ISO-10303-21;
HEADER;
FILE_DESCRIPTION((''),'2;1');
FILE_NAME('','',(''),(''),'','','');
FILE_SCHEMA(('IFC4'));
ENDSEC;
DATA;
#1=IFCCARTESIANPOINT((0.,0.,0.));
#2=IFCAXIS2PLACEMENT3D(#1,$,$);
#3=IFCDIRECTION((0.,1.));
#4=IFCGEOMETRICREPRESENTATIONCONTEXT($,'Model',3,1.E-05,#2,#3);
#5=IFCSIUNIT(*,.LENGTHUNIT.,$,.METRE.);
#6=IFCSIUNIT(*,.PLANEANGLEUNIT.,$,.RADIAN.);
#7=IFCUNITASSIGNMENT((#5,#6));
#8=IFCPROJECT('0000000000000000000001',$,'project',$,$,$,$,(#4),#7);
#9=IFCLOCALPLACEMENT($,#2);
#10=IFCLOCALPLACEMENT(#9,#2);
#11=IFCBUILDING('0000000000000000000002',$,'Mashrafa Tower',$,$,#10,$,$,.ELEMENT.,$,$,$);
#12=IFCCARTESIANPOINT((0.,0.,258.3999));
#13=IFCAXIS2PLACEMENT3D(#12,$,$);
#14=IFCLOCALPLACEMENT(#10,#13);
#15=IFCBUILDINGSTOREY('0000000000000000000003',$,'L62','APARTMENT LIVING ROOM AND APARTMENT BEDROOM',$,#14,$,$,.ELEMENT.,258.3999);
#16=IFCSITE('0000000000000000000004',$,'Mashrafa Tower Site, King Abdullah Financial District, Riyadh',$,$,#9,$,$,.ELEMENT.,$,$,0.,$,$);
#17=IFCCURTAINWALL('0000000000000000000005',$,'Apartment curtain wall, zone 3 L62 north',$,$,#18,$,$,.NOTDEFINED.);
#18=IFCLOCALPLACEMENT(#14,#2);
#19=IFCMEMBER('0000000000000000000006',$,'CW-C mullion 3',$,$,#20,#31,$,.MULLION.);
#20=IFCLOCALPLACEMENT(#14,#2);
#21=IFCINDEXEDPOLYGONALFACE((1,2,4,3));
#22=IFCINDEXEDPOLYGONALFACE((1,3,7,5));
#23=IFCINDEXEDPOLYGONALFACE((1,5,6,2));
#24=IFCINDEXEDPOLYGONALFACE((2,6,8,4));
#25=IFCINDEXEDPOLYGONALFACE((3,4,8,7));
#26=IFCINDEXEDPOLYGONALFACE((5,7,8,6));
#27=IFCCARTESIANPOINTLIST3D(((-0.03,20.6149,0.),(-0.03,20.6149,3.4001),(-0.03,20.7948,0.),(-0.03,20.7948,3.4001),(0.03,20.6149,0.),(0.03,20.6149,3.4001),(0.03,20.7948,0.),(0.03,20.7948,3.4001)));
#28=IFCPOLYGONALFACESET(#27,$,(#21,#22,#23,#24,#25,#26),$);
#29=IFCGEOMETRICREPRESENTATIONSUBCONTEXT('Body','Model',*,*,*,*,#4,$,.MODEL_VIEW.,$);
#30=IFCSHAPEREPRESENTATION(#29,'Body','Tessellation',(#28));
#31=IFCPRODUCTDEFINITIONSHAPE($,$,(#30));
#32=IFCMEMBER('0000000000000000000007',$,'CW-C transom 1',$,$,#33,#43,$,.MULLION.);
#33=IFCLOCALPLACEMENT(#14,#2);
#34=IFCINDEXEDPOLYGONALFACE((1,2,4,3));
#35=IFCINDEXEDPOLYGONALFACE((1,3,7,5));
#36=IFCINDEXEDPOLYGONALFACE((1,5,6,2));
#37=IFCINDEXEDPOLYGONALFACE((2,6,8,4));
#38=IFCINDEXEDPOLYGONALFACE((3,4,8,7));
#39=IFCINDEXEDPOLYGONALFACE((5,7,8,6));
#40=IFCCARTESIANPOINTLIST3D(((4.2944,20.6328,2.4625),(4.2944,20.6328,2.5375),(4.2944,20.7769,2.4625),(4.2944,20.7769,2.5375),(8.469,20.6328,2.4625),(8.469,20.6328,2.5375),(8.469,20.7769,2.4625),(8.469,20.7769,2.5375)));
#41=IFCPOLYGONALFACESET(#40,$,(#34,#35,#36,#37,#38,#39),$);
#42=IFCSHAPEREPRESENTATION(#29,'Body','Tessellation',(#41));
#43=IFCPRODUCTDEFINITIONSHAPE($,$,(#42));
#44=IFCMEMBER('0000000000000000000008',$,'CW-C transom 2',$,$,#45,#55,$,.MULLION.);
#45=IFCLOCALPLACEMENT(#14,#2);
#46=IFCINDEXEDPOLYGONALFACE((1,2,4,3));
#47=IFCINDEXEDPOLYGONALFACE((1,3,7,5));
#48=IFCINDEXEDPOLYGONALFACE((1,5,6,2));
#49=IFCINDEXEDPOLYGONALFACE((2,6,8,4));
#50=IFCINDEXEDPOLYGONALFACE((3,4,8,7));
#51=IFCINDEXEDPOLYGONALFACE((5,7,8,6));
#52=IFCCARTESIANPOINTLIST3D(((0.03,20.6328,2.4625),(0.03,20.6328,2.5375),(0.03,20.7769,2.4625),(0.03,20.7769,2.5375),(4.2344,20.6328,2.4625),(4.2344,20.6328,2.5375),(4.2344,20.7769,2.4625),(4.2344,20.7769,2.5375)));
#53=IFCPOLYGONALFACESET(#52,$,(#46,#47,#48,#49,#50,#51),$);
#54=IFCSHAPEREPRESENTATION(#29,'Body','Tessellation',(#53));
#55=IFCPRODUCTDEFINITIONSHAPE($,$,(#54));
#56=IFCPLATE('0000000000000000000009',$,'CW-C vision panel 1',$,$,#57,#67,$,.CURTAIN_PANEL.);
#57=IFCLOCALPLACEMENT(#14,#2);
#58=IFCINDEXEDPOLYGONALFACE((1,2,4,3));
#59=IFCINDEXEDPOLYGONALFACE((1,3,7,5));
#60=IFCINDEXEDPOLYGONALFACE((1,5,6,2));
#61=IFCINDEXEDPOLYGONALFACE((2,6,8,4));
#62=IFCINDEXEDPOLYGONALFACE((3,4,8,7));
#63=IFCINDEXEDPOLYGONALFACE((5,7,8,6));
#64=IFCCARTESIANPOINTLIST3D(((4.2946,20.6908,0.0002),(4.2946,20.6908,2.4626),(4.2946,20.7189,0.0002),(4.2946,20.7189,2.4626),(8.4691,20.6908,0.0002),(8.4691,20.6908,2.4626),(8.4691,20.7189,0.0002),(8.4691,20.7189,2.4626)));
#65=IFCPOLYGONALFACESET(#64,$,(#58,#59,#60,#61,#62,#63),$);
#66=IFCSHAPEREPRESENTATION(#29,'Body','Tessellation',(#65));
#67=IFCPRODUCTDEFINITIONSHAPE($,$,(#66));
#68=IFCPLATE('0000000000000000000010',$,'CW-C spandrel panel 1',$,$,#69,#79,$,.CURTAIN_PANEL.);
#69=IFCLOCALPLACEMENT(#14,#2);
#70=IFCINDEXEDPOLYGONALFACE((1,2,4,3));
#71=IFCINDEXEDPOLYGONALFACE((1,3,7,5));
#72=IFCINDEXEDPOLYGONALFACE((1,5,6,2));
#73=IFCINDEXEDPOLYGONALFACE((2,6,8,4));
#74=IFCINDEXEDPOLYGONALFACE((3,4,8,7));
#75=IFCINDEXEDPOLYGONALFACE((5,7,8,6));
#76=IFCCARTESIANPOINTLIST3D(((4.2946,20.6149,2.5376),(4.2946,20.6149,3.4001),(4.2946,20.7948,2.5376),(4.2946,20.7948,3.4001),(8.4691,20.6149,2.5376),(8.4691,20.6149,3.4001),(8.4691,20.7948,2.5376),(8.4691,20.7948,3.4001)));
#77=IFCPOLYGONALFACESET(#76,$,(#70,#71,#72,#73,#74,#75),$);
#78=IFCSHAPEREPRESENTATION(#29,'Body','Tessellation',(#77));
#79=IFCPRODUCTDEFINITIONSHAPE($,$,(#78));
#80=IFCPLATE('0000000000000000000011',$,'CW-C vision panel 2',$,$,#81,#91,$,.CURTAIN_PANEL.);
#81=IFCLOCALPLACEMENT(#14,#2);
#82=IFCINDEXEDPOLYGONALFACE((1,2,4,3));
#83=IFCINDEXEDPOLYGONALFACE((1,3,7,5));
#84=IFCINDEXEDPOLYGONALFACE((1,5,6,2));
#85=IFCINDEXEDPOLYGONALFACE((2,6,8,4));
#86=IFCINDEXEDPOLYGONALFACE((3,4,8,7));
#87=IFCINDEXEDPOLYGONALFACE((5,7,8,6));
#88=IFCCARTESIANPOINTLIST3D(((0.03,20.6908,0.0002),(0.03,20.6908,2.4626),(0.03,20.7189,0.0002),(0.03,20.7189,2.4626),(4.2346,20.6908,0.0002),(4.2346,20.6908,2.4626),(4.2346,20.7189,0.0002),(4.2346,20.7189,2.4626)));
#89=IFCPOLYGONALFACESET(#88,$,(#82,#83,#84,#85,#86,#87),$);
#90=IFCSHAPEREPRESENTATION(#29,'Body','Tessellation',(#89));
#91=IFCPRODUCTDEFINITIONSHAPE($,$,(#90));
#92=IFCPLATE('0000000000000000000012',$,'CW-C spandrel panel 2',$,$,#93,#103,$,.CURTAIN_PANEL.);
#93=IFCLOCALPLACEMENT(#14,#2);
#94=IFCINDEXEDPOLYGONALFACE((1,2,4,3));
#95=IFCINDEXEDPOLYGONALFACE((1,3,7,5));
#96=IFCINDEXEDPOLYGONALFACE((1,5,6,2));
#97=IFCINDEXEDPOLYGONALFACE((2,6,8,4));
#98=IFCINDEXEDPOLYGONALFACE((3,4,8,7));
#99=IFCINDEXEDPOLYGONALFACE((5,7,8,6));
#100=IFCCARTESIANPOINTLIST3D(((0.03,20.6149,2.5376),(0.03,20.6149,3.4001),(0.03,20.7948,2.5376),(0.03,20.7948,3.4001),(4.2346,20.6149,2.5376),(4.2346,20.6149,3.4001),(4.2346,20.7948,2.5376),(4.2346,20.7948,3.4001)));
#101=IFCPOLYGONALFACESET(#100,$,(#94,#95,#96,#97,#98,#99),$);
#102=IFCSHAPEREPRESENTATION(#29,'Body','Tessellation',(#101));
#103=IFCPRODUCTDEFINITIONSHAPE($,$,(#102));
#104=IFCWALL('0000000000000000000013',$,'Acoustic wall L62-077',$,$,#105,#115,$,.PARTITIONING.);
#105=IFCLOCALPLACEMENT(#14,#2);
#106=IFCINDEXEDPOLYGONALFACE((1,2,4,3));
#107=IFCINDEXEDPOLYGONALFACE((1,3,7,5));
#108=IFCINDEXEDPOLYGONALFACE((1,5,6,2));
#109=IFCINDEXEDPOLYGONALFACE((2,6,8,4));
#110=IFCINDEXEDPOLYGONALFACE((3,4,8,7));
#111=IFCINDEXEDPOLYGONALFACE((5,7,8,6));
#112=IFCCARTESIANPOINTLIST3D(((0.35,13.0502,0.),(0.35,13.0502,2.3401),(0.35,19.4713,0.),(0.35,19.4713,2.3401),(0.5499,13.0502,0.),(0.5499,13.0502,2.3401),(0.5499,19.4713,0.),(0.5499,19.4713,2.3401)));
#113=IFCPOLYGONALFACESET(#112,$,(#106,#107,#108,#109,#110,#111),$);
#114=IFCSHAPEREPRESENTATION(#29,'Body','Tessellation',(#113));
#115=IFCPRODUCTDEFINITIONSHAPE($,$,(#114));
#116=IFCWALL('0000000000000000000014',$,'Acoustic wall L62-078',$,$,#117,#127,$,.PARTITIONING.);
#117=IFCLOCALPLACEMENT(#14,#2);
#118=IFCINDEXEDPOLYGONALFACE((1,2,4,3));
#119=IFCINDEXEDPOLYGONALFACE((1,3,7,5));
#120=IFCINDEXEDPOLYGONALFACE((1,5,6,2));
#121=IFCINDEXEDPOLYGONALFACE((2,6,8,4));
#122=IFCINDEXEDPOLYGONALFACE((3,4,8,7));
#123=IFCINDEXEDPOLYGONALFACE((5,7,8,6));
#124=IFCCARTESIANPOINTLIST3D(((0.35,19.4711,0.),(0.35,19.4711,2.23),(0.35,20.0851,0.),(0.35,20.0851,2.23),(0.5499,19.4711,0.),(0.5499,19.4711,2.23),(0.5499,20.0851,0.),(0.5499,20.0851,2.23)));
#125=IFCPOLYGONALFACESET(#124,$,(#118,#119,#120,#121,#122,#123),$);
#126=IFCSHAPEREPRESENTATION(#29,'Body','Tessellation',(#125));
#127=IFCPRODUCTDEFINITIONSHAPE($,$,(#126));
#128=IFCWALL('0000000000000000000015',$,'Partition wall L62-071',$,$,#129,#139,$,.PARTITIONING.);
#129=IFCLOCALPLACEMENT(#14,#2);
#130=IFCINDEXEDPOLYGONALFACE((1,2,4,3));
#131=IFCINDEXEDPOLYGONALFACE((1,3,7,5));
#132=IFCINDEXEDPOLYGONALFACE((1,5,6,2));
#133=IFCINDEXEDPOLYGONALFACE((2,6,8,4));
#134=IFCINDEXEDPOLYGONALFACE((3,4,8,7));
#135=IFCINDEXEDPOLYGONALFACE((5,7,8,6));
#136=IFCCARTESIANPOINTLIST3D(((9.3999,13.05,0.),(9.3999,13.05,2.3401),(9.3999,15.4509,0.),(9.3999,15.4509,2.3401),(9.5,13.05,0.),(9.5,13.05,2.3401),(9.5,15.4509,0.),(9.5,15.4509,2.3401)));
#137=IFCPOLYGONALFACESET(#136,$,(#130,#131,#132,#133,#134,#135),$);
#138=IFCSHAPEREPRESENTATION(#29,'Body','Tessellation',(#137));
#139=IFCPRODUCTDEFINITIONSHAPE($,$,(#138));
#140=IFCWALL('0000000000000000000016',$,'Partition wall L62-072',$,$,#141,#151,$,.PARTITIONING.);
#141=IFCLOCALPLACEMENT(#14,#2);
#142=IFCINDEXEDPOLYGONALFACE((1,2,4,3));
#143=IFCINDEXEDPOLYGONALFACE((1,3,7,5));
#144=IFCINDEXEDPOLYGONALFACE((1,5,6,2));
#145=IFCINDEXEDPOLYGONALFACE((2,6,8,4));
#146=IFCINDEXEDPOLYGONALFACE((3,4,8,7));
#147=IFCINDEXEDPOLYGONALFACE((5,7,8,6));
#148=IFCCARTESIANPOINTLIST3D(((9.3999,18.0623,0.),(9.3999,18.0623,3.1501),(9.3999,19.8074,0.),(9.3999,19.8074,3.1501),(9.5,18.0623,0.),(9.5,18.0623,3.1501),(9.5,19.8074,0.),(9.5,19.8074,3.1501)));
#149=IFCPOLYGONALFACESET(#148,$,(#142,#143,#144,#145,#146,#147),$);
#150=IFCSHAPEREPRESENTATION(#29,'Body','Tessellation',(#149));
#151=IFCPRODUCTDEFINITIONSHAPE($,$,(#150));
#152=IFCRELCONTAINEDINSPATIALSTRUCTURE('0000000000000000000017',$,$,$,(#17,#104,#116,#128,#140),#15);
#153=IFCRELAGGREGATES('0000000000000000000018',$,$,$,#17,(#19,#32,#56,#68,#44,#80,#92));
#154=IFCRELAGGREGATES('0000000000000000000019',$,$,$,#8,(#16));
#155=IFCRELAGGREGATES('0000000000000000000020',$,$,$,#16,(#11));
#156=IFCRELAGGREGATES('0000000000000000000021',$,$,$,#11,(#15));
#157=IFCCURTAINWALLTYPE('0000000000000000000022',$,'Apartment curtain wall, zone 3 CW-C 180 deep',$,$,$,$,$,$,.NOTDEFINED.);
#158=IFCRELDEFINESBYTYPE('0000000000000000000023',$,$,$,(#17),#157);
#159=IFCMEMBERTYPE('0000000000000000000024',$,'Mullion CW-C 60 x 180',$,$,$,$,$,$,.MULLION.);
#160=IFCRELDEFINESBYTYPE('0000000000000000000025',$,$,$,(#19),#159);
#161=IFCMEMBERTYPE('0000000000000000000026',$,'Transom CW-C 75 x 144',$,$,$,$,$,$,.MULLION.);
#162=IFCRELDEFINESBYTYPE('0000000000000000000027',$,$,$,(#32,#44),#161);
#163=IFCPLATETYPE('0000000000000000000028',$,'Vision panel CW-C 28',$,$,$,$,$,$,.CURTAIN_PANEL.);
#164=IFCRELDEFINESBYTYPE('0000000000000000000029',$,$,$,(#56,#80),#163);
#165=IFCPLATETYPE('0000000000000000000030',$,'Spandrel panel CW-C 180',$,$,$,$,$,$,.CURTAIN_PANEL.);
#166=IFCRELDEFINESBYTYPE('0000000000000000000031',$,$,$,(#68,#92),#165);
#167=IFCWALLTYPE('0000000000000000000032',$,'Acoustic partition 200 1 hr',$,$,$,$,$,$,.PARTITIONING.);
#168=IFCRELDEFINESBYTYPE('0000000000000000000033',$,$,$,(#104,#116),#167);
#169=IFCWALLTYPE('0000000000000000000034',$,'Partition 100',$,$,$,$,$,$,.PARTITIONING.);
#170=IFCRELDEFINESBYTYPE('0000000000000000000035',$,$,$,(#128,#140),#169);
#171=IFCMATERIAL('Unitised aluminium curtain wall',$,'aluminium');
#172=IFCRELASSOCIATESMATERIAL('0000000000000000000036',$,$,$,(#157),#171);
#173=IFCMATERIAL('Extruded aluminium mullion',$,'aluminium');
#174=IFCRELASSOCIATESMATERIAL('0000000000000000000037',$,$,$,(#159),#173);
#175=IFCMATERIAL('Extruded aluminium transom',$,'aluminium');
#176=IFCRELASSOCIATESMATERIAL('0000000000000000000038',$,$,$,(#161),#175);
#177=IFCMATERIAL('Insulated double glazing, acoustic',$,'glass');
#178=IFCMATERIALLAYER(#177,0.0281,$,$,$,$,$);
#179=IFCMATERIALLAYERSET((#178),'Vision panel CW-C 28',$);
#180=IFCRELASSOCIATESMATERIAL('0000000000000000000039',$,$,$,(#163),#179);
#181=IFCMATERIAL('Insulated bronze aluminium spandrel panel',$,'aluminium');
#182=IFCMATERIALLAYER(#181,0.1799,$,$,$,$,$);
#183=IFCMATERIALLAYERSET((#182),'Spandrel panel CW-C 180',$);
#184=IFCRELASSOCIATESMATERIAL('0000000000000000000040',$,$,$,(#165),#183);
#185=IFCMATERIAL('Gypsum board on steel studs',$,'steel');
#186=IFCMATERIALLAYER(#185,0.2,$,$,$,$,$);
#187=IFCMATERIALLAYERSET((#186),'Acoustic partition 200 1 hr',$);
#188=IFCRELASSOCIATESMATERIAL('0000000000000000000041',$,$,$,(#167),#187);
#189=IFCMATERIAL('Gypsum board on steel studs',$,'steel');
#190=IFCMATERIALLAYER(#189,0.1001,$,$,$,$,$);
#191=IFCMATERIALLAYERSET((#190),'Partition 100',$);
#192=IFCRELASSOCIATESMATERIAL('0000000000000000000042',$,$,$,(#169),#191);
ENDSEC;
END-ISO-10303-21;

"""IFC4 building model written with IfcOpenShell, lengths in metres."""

from ifc_helpers import new_model, si_unit, direction, frame, frame_2d, origin, origin_2d, place, context, subcontext, project, spatial, rectangle, extrude, source, transform, mapped, material, layer, layer_set, material_profile, profile_set, type_object, type_shapes, element, aggregate, save


model = new_model("IFC4")

# Units and contexts
model_context = context("Model", 3, precision=1e-05, world=origin(), true_north=direction((0.0, 1.0)))
body_context = subcontext(model_context, "Body", "Model", "MODEL_VIEW")
ifc_project = project(units=[si_unit("LENGTHUNIT", "METRE"), si_unit("PLANEANGLEUNIT", "RADIAN")], contexts=[model_context])

# Site, building, storey
site_placement = place(None, origin())
site = spatial("IfcSite", under=ifc_project, at=site_placement, Name="Mashrafa Tower Site, King Abdullah Financial District, Riyadh", CompositionType="ELEMENT", RefElevation=0.0)
building_placement = place(site_placement, origin())
building = spatial("IfcBuilding", under=site, at=building_placement, Name="Mashrafa Tower", CompositionType="ELEMENT")
storey_placement = place(building_placement, frame((0.0, 0.0, 258.3999)))
storey = spatial("IfcBuildingStorey", under=building, at=storey_placement, Name="L62", Description="APARTMENT LIVING ROOM AND APARTMENT BEDROOM", CompositionType="ELEMENT", Elevation=258.3999)

# Shared definitions
ifc_material_1 = material(Name="Unitised aluminium curtain wall", Category="aluminium")
curtain_wall_type = type_object("IfcCurtainWallType", Name="Apartment curtain wall, zone 3 CW-C 180 deep", PredefinedType="NOTDEFINED", material=ifc_material_1)
ifc_material_2 = material(Name="Extruded aluminium mullion", Category="aluminium")
ifc_material_profile_1 = material_profile(ifc_material_2, rectangle(XDim=0.1799, YDim=0.0601, at=origin_2d()), Name="Mullion 60x180")
ifc_profile_set_1 = profile_set([ifc_material_profile_1], Name="Extruded aluminium mullion")
member_type_1 = type_object("IfcMemberType", Name="Mullion CW-C 60 x 180", PredefinedType="MULLION", material=ifc_profile_set_1)
shared_shape_1 = source(origin(), body_context, "Body", "SweptSolid", [
    extrude(rectangle(XDim=0.1799, YDim=0.0601, at=origin_2d()), origin(), (0.0, 0.0, 1.0), 3.4001),
])
type_shapes(member_type_1, [shared_shape_1])

# Curtain wall, members, plates
curtain_wall_1_placement = place(storey_placement, origin())
curtain_wall_1 = element("IfcCurtainWall", 1, at=curtain_wall_1_placement, inside=storey, type_object=curtain_wall_type, Name="Apartment curtain wall, zone 3 L62 north", PredefinedType="NOTDEFINED")
member_1_placement = place(storey_placement, frame((0.0, 20.7048, 0.0), z_axis=(0.0, 0.0, 1.0), x_axis=(0.0, -1.0, 0.0)))
member_1 = element("IfcMember", 2, at=member_1_placement, type_object=member_type_1, Name="CW-C mullion 3", PredefinedType="MULLION", context=body_context, shape_type="MappedRepresentation", body=[
    mapped(shared_shape_1, transform((0.0, 0.0, 0.0))),
])
ifc_material_3 = material(Name="Extruded aluminium transom", Category="aluminium")
ifc_material_profile_2 = material_profile(ifc_material_3, rectangle(XDim=0.144, YDim=0.075, at=origin_2d()), Name="Transom 75x144")
ifc_profile_set_2 = profile_set([ifc_material_profile_2], Name="Extruded aluminium transom")
member_type_2 = type_object("IfcMemberType", Name="Transom CW-C 75 x 144", PredefinedType="MULLION", material=ifc_profile_set_2)
shared_shape_2 = source(origin(), body_context, "Body", "SweptSolid", [
    extrude(rectangle(XDim=0.144, YDim=0.075, at=origin_2d()), origin(), (0.0, 0.0, 1.0), 4.1746),
])
member_2_placement = place(storey_placement, frame((8.469, 20.7048, 2.5), z_axis=(-1.0, 0.0, 0.0), x_axis=(0.0, -1.0, 0.0)))
member_2 = element("IfcMember", 3, at=member_2_placement, type_object=member_type_2, Name="CW-C transom 1", PredefinedType="MULLION", context=body_context, shape_type="MappedRepresentation", body=[
    mapped(shared_shape_2, transform((0.0, 0.0, 0.0))),
])
shared_shape_3 = source(origin(), body_context, "Body", "SweptSolid", [
    extrude(rectangle(XDim=0.144, YDim=0.075, at=origin_2d()), origin(), (0.0, 0.0, 1.0), 4.2043),
])
type_shapes(member_type_2, [shared_shape_2, shared_shape_3])
member_3_placement = place(storey_placement, frame((4.2344, 20.7048, 2.5), z_axis=(-1.0, 0.0, 0.0), x_axis=(0.0, -1.0, 0.0)))
member_3 = element("IfcMember", 4, at=member_3_placement, type_object=member_type_2, Name="CW-C transom 2", PredefinedType="MULLION", context=body_context, shape_type="MappedRepresentation", body=[
    mapped(shared_shape_3, transform((0.0, 0.0, 0.0))),
])
ifc_material_4 = material(Name="Insulated double glazing, acoustic", Category="glass")
ifc_layer_1 = layer(ifc_material_4, 0.0281)
ifc_layer_set_1 = layer_set([ifc_layer_1], Name="Vision panel CW-C 28")
plate_type_1 = type_object("IfcPlateType", Name="Vision panel CW-C 28", PredefinedType="CURTAIN_PANEL", material=ifc_layer_set_1)
shared_shape_4 = source(origin(), body_context, "Body", "SweptSolid", [
    extrude(rectangle(XDim=4.1746, YDim=0.0281, at=origin_2d()), origin(), (0.0, 0.0, 1.0), 2.4624),
])
plate_1_placement = place(storey_placement, frame((6.3818, 20.7048, 0.0002), z_axis=(0.0, 0.0, 1.0), x_axis=(-1.0, 0.0, 0.0)))
plate_1 = element("IfcPlate", 5, at=plate_1_placement, type_object=plate_type_1, Name="CW-C vision panel 1", PredefinedType="CURTAIN_PANEL", context=body_context, shape_type="MappedRepresentation", body=[
    mapped(shared_shape_4, transform((0.0, 0.0, 0.0))),
])
ifc_material_5 = material(Name="Insulated bronze aluminium spandrel panel", Category="aluminium")
ifc_layer_2 = layer(ifc_material_5, 0.1799)
ifc_layer_set_2 = layer_set([ifc_layer_2], Name="Spandrel panel CW-C 180")
plate_type_2 = type_object("IfcPlateType", Name="Spandrel panel CW-C 180", PredefinedType="CURTAIN_PANEL", material=ifc_layer_set_2)
shared_shape_5 = source(origin(), body_context, "Body", "SweptSolid", [
    extrude(rectangle(XDim=4.1746, YDim=0.1799, at=origin_2d()), origin(), (0.0, 0.0, 1.0), 0.8625),
])
plate_2_placement = place(storey_placement, frame((6.3818, 20.7048, 2.5376), z_axis=(0.0, 0.0, 1.0), x_axis=(-1.0, 0.0, 0.0)))
plate_2 = element("IfcPlate", 6, at=plate_2_placement, type_object=plate_type_2, Name="CW-C spandrel panel 1", PredefinedType="CURTAIN_PANEL", context=body_context, shape_type="MappedRepresentation", body=[
    mapped(shared_shape_5, transform((0.0, 0.0, 0.0))),
])
shared_shape_6 = source(origin(), body_context, "Body", "SweptSolid", [
    extrude(rectangle(XDim=4.2046, YDim=0.0281, at=origin_2d()), origin(), (0.0, 0.0, 1.0), 2.4624),
])
type_shapes(plate_type_1, [shared_shape_4, shared_shape_6])
plate_3_placement = place(storey_placement, frame((2.1323, 20.7048, 0.0002), z_axis=(0.0, 0.0, 1.0), x_axis=(-1.0, 0.0, 0.0)))
plate_3 = element("IfcPlate", 7, at=plate_3_placement, type_object=plate_type_1, Name="CW-C vision panel 2", PredefinedType="CURTAIN_PANEL", context=body_context, shape_type="MappedRepresentation", body=[
    mapped(shared_shape_6, transform((0.0, 0.0, 0.0))),
])
shared_shape_7 = source(origin(), body_context, "Body", "SweptSolid", [
    extrude(rectangle(XDim=4.2046, YDim=0.1799, at=origin_2d()), origin(), (0.0, 0.0, 1.0), 0.8625),
])
type_shapes(plate_type_2, [shared_shape_5, shared_shape_7])
plate_4_placement = place(storey_placement, frame((2.1323, 20.7048, 2.5376), z_axis=(0.0, 0.0, 1.0), x_axis=(-1.0, 0.0, 0.0)))
plate_4 = element("IfcPlate", 8, at=plate_4_placement, type_object=plate_type_2, Name="CW-C spandrel panel 2", PredefinedType="CURTAIN_PANEL", context=body_context, shape_type="MappedRepresentation", body=[
    mapped(shared_shape_7, transform((0.0, 0.0, 0.0))),
])
aggregate(curtain_wall_1, [member_1, member_2, plate_1, plate_2, member_3, plate_3, plate_4])

# Walls
ifc_material_6 = material(Name="Gypsum board on steel studs", Category="steel")
ifc_layer_3 = layer(ifc_material_6, 0.2)
ifc_layer_set_3 = layer_set([ifc_layer_3], Name="Acoustic partition 200 1 hr")
wall_type_1 = type_object("IfcWallType", Name="Acoustic partition 200 1 hr", PredefinedType="PARTITIONING", material=ifc_layer_set_3)
wall_1_placement = place(storey_placement, frame((0.45, 19.4712, 0.0), z_axis=(0.0, 0.0, 1.0), x_axis=(0.0, -1.0, 0.0)))
element("IfcWall", 9, at=wall_1_placement, inside=storey, type_object=wall_type_1, Name="Acoustic wall L62-077", PredefinedType="PARTITIONING", context=body_context, shape_type="SweptSolid", body=[
    extrude(rectangle(XDim=6.4211, YDim=0.2, at=frame_2d((3.2104, 0.0))), origin(), (0.0, 0.0, 1.0), 2.3401),
])
wall_2_placement = place(storey_placement, frame((0.45, 20.0852, 0.0), z_axis=(0.0, 0.0, 1.0), x_axis=(0.0, -1.0, 0.0)))
element("IfcWall", 10, at=wall_2_placement, inside=storey, type_object=wall_type_1, Name="Acoustic wall L62-078", PredefinedType="PARTITIONING", context=body_context, shape_type="SweptSolid", body=[
    extrude(rectangle(XDim=0.614, YDim=0.2, at=frame_2d((0.3071, 0.0))), origin(), (0.0, 0.0, 1.0), 2.23),
])
ifc_material_7 = material(Name="Gypsum board on steel studs", Category="steel")
ifc_layer_4 = layer(ifc_material_7, 0.1001)
ifc_layer_set_4 = layer_set([ifc_layer_4], Name="Partition 100")
wall_type_2 = type_object("IfcWallType", Name="Partition 100", PredefinedType="PARTITIONING", material=ifc_layer_set_4)
wall_3_placement = place(storey_placement, frame((9.45, 15.4509, 0.0), z_axis=(0.0, 0.0, 1.0), x_axis=(0.0, -1.0, 0.0)))
element("IfcWall", 11, at=wall_3_placement, inside=storey, type_object=wall_type_2, Name="Partition wall L62-071", PredefinedType="PARTITIONING", context=body_context, shape_type="SweptSolid", body=[
    extrude(rectangle(XDim=2.4009, YDim=0.1001, at=frame_2d((1.2004, 0.0))), origin(), (0.0, 0.0, 1.0), 2.3401),
])
wall_4_placement = place(storey_placement, frame((9.45, 19.8074, 0.0), z_axis=(0.0, 0.0, 1.0), x_axis=(0.0, -1.0, 0.0)))
element("IfcWall", 12, at=wall_4_placement, inside=storey, type_object=wall_type_2, Name="Partition wall L62-072", PredefinedType="PARTITIONING", context=body_context, shape_type="SweptSolid", body=[
    extrude(rectangle(XDim=1.7451, YDim=0.1001, at=frame_2d((0.8726, 0.0))), origin(), (0.0, 0.0, 1.0), 3.1501),
])

save(model, "model.ifc")
